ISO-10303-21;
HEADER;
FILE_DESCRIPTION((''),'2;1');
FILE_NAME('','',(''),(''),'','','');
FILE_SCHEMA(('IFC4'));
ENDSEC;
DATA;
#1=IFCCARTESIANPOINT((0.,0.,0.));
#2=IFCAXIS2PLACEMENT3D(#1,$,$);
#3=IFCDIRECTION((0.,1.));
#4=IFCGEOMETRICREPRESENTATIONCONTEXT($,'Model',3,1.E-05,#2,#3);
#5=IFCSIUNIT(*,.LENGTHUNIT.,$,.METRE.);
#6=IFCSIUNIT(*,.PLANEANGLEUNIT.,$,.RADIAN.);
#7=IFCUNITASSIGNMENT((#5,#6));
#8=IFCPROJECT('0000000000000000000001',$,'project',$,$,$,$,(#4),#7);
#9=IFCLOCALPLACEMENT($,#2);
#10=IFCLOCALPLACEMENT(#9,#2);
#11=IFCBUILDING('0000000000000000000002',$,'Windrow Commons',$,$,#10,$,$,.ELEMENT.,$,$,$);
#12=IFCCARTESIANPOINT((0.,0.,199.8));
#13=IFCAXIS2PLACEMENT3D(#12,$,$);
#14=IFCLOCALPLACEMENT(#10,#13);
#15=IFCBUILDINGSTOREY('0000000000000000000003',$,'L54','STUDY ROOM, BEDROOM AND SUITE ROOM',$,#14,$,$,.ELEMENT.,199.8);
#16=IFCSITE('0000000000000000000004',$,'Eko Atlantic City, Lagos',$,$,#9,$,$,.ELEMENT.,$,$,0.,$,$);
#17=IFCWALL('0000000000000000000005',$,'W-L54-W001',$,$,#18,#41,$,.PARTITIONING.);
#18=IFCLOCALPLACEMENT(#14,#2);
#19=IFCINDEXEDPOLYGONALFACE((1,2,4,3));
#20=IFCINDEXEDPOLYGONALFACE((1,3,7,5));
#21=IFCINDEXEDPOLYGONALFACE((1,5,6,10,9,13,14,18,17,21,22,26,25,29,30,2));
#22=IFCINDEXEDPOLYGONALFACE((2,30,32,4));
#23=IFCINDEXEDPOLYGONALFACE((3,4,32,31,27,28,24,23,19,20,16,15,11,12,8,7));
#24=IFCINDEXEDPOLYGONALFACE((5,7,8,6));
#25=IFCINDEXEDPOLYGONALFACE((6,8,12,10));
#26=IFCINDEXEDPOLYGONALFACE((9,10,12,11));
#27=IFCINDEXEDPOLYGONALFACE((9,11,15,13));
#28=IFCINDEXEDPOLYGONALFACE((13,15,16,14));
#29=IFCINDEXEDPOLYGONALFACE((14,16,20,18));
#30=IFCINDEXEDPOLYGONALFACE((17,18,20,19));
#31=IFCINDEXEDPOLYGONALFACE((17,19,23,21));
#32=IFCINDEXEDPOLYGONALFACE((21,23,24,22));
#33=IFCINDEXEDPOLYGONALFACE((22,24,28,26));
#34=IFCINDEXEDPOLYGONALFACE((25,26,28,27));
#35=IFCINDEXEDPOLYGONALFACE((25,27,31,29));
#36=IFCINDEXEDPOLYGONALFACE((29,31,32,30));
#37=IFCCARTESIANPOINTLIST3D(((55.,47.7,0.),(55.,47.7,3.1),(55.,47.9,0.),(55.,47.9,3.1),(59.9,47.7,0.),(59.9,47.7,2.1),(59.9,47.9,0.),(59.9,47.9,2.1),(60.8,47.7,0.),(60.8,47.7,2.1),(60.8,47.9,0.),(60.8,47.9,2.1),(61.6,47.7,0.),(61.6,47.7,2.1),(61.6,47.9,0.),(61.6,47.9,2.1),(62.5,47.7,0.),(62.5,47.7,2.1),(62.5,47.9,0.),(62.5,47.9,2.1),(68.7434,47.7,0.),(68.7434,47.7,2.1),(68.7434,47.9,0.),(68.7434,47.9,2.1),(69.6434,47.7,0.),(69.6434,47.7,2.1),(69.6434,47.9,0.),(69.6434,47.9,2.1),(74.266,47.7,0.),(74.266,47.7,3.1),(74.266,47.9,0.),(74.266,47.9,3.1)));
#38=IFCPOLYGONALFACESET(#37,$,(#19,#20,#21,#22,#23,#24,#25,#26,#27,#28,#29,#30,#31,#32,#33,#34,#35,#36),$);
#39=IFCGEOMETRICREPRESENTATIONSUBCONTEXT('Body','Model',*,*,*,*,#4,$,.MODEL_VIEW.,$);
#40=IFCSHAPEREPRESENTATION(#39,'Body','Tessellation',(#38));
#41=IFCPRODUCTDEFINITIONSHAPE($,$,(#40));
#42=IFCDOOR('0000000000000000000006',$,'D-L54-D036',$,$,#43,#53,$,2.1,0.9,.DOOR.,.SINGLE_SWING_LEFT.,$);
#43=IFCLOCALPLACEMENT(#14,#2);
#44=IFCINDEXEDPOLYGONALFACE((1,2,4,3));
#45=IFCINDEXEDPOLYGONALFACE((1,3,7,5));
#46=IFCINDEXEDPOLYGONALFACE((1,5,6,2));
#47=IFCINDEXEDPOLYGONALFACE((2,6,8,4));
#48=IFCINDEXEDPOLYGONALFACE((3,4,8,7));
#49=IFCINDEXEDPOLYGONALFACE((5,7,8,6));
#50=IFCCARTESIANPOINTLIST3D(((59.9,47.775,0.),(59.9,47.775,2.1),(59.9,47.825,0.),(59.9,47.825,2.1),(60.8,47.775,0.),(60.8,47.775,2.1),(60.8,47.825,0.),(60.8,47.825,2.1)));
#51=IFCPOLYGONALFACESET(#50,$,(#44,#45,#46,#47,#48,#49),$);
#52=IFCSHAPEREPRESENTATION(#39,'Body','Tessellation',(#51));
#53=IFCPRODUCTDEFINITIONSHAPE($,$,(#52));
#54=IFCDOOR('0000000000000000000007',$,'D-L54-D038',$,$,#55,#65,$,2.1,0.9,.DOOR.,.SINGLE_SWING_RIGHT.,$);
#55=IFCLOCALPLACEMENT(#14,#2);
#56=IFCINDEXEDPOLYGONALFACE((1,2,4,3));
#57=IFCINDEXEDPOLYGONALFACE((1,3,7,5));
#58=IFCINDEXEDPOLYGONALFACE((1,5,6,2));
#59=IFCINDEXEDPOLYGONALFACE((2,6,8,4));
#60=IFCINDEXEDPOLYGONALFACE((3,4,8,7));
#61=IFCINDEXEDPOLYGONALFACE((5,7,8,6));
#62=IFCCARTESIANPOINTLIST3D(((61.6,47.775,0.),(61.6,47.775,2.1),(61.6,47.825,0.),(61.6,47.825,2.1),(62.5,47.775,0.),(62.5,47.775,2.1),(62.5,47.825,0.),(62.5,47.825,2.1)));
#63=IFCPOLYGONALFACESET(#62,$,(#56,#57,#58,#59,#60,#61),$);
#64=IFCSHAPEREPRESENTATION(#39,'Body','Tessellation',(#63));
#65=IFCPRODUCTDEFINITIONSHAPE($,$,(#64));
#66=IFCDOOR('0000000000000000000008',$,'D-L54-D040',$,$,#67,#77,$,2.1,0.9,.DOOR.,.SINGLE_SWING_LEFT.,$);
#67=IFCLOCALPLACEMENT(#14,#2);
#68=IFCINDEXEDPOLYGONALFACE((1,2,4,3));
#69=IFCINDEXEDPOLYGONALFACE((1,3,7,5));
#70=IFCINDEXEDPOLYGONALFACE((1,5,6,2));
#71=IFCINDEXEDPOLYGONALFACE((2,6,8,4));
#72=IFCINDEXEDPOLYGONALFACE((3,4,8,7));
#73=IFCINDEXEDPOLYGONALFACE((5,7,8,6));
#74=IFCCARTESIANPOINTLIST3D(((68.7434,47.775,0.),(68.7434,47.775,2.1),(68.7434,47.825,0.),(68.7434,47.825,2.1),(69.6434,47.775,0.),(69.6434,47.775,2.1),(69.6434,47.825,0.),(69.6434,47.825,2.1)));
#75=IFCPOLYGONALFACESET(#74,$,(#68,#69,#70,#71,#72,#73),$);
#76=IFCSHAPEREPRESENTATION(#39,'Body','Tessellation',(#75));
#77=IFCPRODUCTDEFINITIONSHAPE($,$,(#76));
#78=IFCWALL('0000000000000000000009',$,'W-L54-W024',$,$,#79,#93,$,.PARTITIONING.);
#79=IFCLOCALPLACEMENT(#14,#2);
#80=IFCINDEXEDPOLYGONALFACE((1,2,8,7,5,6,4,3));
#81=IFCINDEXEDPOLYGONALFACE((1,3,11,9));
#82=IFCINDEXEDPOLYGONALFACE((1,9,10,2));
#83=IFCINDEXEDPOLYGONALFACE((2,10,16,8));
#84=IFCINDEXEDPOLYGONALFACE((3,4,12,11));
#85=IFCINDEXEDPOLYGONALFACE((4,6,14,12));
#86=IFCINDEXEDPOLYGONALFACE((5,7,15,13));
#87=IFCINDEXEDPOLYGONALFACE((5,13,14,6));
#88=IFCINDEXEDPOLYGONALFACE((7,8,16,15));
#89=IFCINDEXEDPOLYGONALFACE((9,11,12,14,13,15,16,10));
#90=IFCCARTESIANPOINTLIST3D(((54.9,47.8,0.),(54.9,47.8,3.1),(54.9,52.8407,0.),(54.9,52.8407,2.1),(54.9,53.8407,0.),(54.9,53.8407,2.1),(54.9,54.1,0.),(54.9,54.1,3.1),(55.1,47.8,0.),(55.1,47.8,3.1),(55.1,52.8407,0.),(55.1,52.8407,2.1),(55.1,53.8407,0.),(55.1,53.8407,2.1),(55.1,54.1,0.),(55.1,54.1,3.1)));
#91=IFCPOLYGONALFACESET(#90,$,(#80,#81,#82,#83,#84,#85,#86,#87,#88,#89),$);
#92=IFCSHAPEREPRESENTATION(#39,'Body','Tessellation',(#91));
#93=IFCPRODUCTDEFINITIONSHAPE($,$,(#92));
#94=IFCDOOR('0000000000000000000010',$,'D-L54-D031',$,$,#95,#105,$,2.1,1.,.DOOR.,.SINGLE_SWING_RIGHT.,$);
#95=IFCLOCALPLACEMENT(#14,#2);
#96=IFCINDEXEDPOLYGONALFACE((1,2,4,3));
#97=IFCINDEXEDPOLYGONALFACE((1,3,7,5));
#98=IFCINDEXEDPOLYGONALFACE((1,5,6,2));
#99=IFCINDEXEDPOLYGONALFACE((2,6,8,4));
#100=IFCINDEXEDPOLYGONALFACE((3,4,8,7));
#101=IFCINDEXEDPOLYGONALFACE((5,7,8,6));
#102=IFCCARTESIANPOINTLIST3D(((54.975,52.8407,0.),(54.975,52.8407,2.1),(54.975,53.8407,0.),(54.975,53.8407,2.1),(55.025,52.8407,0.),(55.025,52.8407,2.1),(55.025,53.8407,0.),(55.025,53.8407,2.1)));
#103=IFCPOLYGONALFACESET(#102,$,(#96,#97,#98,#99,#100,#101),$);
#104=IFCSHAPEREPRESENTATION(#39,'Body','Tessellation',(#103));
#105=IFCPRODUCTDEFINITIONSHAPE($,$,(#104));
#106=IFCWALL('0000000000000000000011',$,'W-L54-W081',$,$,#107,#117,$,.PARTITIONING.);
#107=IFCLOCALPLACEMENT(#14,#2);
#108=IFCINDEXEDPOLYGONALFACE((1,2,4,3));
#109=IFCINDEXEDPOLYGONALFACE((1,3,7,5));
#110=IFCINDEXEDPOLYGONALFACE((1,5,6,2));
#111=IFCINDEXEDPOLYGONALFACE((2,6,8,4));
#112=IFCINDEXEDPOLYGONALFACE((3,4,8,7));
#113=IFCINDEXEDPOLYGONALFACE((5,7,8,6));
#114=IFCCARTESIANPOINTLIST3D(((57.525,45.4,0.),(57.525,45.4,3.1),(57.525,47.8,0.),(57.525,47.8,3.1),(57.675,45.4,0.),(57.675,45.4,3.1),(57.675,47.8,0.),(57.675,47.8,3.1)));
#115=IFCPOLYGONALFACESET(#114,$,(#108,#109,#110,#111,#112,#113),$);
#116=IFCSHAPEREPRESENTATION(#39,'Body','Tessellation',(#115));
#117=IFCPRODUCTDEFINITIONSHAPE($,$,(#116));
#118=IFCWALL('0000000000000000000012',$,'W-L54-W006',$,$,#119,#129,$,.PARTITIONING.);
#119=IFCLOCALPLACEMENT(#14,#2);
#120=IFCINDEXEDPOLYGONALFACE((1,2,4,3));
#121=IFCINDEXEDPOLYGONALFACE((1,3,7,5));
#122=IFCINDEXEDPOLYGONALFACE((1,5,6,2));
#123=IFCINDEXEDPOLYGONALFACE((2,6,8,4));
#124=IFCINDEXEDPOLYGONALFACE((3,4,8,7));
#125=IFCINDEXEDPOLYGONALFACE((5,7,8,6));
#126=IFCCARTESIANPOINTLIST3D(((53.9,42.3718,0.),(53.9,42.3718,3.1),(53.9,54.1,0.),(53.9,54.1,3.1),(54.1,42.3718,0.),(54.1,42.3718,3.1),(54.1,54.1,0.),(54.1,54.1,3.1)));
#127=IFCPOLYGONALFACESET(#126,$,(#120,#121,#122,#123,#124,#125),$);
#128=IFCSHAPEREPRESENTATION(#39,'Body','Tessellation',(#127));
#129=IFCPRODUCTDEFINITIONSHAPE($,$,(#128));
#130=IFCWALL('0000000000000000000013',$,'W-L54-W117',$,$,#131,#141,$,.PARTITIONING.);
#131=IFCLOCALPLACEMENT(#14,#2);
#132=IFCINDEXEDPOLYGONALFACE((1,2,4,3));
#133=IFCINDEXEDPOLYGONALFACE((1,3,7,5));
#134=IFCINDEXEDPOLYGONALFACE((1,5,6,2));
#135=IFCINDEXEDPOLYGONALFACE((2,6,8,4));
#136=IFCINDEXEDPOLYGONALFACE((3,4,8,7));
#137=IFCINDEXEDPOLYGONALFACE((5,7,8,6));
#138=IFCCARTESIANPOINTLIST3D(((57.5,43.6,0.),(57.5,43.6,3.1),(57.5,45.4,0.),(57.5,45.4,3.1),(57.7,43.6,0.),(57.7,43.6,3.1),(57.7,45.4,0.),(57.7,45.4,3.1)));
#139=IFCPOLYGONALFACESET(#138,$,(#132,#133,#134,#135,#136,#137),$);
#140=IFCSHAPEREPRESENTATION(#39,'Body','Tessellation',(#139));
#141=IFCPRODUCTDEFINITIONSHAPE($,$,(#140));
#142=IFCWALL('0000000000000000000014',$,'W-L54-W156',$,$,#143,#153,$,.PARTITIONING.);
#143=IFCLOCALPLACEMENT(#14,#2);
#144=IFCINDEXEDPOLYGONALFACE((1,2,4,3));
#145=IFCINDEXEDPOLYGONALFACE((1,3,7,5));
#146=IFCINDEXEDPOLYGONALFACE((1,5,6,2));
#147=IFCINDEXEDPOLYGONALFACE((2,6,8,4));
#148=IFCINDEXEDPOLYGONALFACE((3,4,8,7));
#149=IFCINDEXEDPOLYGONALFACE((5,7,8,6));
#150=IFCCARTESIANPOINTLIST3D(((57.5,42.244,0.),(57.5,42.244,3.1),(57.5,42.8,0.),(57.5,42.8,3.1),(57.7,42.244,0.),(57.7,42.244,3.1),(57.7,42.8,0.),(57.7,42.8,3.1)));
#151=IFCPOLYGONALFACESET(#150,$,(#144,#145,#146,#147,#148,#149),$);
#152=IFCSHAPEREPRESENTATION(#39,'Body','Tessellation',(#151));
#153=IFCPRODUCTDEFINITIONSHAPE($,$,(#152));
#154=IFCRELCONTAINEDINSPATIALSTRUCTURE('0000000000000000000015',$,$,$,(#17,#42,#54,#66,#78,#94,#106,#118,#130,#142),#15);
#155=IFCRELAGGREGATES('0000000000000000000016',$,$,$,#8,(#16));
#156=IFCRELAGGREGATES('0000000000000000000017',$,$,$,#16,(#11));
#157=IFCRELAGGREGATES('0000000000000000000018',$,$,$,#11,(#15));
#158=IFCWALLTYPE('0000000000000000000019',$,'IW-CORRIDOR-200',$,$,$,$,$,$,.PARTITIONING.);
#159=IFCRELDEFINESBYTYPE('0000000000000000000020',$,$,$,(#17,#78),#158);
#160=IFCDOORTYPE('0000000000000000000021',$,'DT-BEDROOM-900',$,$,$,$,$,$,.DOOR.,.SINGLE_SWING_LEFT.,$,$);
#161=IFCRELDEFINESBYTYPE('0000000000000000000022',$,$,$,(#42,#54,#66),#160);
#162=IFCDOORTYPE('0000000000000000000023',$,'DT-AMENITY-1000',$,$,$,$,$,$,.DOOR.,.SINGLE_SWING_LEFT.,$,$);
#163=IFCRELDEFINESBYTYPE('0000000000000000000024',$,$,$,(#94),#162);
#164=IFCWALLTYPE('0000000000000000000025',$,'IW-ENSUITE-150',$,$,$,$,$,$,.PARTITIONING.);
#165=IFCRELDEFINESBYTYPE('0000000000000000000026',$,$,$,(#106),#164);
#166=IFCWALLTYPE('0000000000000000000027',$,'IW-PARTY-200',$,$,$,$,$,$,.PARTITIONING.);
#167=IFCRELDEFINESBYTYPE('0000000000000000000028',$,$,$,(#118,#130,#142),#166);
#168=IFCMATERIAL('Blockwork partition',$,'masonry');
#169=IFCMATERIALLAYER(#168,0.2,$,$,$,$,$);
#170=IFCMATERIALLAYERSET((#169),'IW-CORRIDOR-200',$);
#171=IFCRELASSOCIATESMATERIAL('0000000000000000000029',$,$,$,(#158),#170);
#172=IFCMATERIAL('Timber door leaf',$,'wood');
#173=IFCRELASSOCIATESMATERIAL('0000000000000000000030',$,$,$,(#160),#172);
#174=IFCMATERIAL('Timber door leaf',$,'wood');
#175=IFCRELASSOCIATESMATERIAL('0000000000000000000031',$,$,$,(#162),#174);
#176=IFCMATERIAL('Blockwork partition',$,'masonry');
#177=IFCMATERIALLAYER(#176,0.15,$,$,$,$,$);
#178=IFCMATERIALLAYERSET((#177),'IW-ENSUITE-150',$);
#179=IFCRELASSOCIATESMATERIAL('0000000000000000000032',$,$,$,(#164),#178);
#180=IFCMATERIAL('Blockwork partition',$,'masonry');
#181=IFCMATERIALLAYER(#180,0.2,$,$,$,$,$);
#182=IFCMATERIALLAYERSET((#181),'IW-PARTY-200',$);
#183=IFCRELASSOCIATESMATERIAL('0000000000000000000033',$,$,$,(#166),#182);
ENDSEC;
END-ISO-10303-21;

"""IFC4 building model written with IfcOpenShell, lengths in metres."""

from ifc_helpers import new_model, si_unit, direction, frame, frame_2d, origin, place, context, subcontext, project, spatial, rectangle, extrude, material, layer, layer_set, type_object, element, fill, save


model = new_model("IFC4")

# Units and contexts
model_context = context("Model", 3, precision=1e-05, world=origin(), true_north=direction((0.0, 1.0)))
body_context = subcontext(model_context, "Body", "Model", "MODEL_VIEW")
ifc_project = project(units=[si_unit("LENGTHUNIT", "METRE"), si_unit("PLANEANGLEUNIT", "RADIAN")], contexts=[model_context])

# Site, building, storey
site_placement = place(None, origin())
site = spatial("IfcSite", under=ifc_project, at=site_placement, Name="Eko Atlantic City, Lagos", CompositionType="ELEMENT", RefElevation=0.0)
building_placement = place(site_placement, origin())
building = spatial("IfcBuilding", under=site, at=building_placement, Name="Windrow Commons", CompositionType="ELEMENT")
storey_placement = place(building_placement, frame((0.0, 0.0, 199.8)))
storey = spatial("IfcBuildingStorey", under=building, at=storey_placement, Name="L54", Description="STUDY ROOM, BEDROOM AND SUITE ROOM", CompositionType="ELEMENT", Elevation=199.8)

# Wall, openings, doors
ifc_material_1 = material(Name="Blockwork partition", Category="masonry")
ifc_layer_1 = layer(ifc_material_1, 0.2)
ifc_layer_set_1 = layer_set([ifc_layer_1], Name="IW-CORRIDOR-200")
wall_type_1 = type_object("IfcWallType", Name="IW-CORRIDOR-200", PredefinedType="PARTITIONING", material=ifc_layer_set_1)
wall_1_placement = place(storey_placement, frame((55.0, 47.8, 0.0), z_axis=(0.0, 0.0, 1.0), x_axis=(1.0, 0.0, 0.0)))
wall_1 = element("IfcWall", 1, at=wall_1_placement, inside=storey, type_object=wall_type_1, Name="W-L54-W001", PredefinedType="PARTITIONING", context=body_context, shape_type="SweptSolid", body=[
    extrude(rectangle(XDim=19.266, YDim=0.2, at=frame_2d((9.633, 0.0))), origin(), (0.0, 0.0, 1.0), 3.1),
])
opening_1_placement = place(wall_1_placement, frame((4.9, 0.0, 0.0)))
opening_1 = element("IfcOpeningElement", 2, at=opening_1_placement, cuts=wall_1, PredefinedType="OPENING", context=body_context, shape_type="SweptSolid", body=[
    extrude(rectangle(XDim=0.9, YDim=2.1, at=frame_2d((0.45, 1.05))), frame((0.0, 0.11, 0.0), z_axis=(0.0, -1.0, 0.0), x_axis=(1.0, 0.0, 0.0)), (0.0, 0.0, 1.0), 0.22),
])
opening_2_placement = place(wall_1_placement, frame((6.6, 0.0, 0.0)))
opening_2 = element("IfcOpeningElement", 3, at=opening_2_placement, cuts=wall_1, PredefinedType="OPENING", context=body_context, shape_type="SweptSolid", body=[
    extrude(rectangle(XDim=0.9, YDim=2.1, at=frame_2d((0.45, 1.05))), frame((0.0, 0.11, 0.0), z_axis=(0.0, -1.0, 0.0), x_axis=(1.0, 0.0, 0.0)), (0.0, 0.0, 1.0), 0.22),
])
opening_3_placement = place(wall_1_placement, frame((13.7434, 0.0, 0.0)))
opening_3 = element("IfcOpeningElement", 4, at=opening_3_placement, cuts=wall_1, PredefinedType="OPENING", context=body_context, shape_type="SweptSolid", body=[
    extrude(rectangle(XDim=0.9, YDim=2.1, at=frame_2d((0.45, 1.05))), frame((0.0, 0.11, 0.0), z_axis=(0.0, -1.0, 0.0), x_axis=(1.0, 0.0, 0.0)), (0.0, 0.0, 1.0), 0.22),
])
ifc_material_2 = material(Name="Timber door leaf", Category="wood")
door_type_1 = type_object("IfcDoorType", Name="DT-BEDROOM-900", OperationType="SINGLE_SWING_LEFT", PredefinedType="DOOR", material=ifc_material_2)
door_1_placement = place(opening_1_placement, origin())
door_1 = element("IfcDoor", 5, at=door_1_placement, inside=storey, type_object=door_type_1, Name="D-L54-D036", OperationType="SINGLE_SWING_LEFT", OverallHeight=2.1, OverallWidth=0.9, PredefinedType="DOOR", context=body_context, shape_type="SweptSolid", body=[
    extrude(rectangle(XDim=0.9, YDim=2.1, at=frame_2d((0.45, 1.05))), frame((0.0, 0.025, 0.0), z_axis=(0.0, -1.0, 0.0), x_axis=(1.0, 0.0, 0.0)), (0.0, 0.0, 1.0), 0.05),
])
fill(opening_1, door_1)
door_2_placement = place(opening_2_placement, origin())
door_2 = element("IfcDoor", 6, at=door_2_placement, inside=storey, type_object=door_type_1, Name="D-L54-D038", OperationType="SINGLE_SWING_RIGHT", OverallHeight=2.1, OverallWidth=0.9, PredefinedType="DOOR", context=body_context, shape_type="SweptSolid", body=[
    extrude(rectangle(XDim=0.9, YDim=2.1, at=frame_2d((0.45, 1.05))), frame((0.0, 0.025, 0.0), z_axis=(0.0, -1.0, 0.0), x_axis=(1.0, 0.0, 0.0)), (0.0, 0.0, 1.0), 0.05),
])
fill(opening_2, door_2)
door_3_placement = place(opening_3_placement, origin())
door_3 = element("IfcDoor", 7, at=door_3_placement, inside=storey, type_object=door_type_1, Name="D-L54-D040", OperationType="SINGLE_SWING_LEFT", OverallHeight=2.1, OverallWidth=0.9, PredefinedType="DOOR", context=body_context, shape_type="SweptSolid", body=[
    extrude(rectangle(XDim=0.9, YDim=2.1, at=frame_2d((0.45, 1.05))), frame((0.0, 0.025, 0.0), z_axis=(0.0, -1.0, 0.0), x_axis=(1.0, 0.0, 0.0)), (0.0, 0.0, 1.0), 0.05),
])
fill(opening_3, door_3)

# Wall, opening, door
wall_2_placement = place(storey_placement, frame((55.0, 47.8, 0.0), z_axis=(0.0, 0.0, 1.0), x_axis=(0.0, 1.0, 0.0)))
wall_2 = element("IfcWall", 8, at=wall_2_placement, inside=storey, type_object=wall_type_1, Name="W-L54-W024", PredefinedType="PARTITIONING", context=body_context, shape_type="SweptSolid", body=[
    extrude(rectangle(XDim=6.3, YDim=0.2, at=frame_2d((3.15, 0.0))), origin(), (0.0, 0.0, 1.0), 3.1),
])
opening_4_placement = place(wall_2_placement, frame((5.0407, 0.0, 0.0)))
opening_4 = element("IfcOpeningElement", 9, at=opening_4_placement, cuts=wall_2, PredefinedType="OPENING", context=body_context, shape_type="SweptSolid", body=[
    extrude(rectangle(XDim=1.0, YDim=2.1, at=frame_2d((0.5, 1.05))), frame((0.0, 0.11, 0.0), z_axis=(0.0, -1.0, 0.0), x_axis=(1.0, 0.0, 0.0)), (0.0, 0.0, 1.0), 0.22),
])
ifc_material_3 = material(Name="Timber door leaf", Category="wood")
door_type_2 = type_object("IfcDoorType", Name="DT-AMENITY-1000", OperationType="SINGLE_SWING_LEFT", PredefinedType="DOOR", material=ifc_material_3)
door_4_placement = place(opening_4_placement, origin())
door_4 = element("IfcDoor", 10, at=door_4_placement, inside=storey, type_object=door_type_2, Name="D-L54-D031", OperationType="SINGLE_SWING_RIGHT", OverallHeight=2.1, OverallWidth=1.0, PredefinedType="DOOR", context=body_context, shape_type="SweptSolid", body=[
    extrude(rectangle(XDim=1.0, YDim=2.1, at=frame_2d((0.5, 1.05))), frame((0.0, 0.025, 0.0), z_axis=(0.0, -1.0, 0.0), x_axis=(1.0, 0.0, 0.0)), (0.0, 0.0, 1.0), 0.05),
])
fill(opening_4, door_4)

# Walls
ifc_material_4 = material(Name="Blockwork partition", Category="masonry")
ifc_layer_2 = layer(ifc_material_4, 0.15)
ifc_layer_set_2 = layer_set([ifc_layer_2], Name="IW-ENSUITE-150")
wall_type_2 = type_object("IfcWallType", Name="IW-ENSUITE-150", PredefinedType="PARTITIONING", material=ifc_layer_set_2)
wall_3_placement = place(storey_placement, frame((57.6, 45.4, 0.0), z_axis=(0.0, 0.0, 1.0), x_axis=(0.0, 1.0, 0.0)))
element("IfcWall", 11, at=wall_3_placement, inside=storey, type_object=wall_type_2, Name="W-L54-W081", PredefinedType="PARTITIONING", context=body_context, shape_type="SweptSolid", body=[
    extrude(rectangle(XDim=2.4, YDim=0.15, at=frame_2d((1.2, 0.0))), origin(), (0.0, 0.0, 1.0), 3.1),
])
ifc_material_5 = material(Name="Blockwork partition", Category="masonry")
ifc_layer_3 = layer(ifc_material_5, 0.2)
ifc_layer_set_3 = layer_set([ifc_layer_3], Name="IW-PARTY-200")
wall_type_3 = type_object("IfcWallType", Name="IW-PARTY-200", PredefinedType="PARTITIONING", material=ifc_layer_set_3)
wall_4_placement = place(storey_placement, frame((54.0, 42.3717, 0.0), z_axis=(0.0, 0.0, 1.0), x_axis=(0.0, 1.0, 0.0)))
element("IfcWall", 12, at=wall_4_placement, inside=storey, type_object=wall_type_3, Name="W-L54-W006", PredefinedType="PARTITIONING", context=body_context, shape_type="SweptSolid", body=[
    extrude(rectangle(XDim=11.7283, YDim=0.2, at=frame_2d((5.8642, 0.0))), origin(), (0.0, 0.0, 1.0), 3.1),
])
wall_5_placement = place(storey_placement, frame((57.6, 43.6, 0.0), z_axis=(0.0, 0.0, 1.0), x_axis=(0.0, 1.0, 0.0)))
element("IfcWall", 13, at=wall_5_placement, inside=storey, type_object=wall_type_3, Name="W-L54-W117", PredefinedType="PARTITIONING", context=body_context, shape_type="SweptSolid", body=[
    extrude(rectangle(XDim=1.8, YDim=0.2, at=frame_2d((0.9, 0.0))), origin(), (0.0, 0.0, 1.0), 3.1),
])
wall_6_placement = place(storey_placement, frame((57.6, 42.244, 0.0), z_axis=(0.0, 0.0, 1.0), x_axis=(0.0, 1.0, 0.0)))
element("IfcWall", 14, at=wall_6_placement, inside=storey, type_object=wall_type_3, Name="W-L54-W156", PredefinedType="PARTITIONING", context=body_context, shape_type="SweptSolid", body=[
    extrude(rectangle(XDim=0.556, YDim=0.2, at=frame_2d((0.278, 0.0))), origin(), (0.0, 0.0, 1.0), 3.1),
])

save(model, "model.ifc")
